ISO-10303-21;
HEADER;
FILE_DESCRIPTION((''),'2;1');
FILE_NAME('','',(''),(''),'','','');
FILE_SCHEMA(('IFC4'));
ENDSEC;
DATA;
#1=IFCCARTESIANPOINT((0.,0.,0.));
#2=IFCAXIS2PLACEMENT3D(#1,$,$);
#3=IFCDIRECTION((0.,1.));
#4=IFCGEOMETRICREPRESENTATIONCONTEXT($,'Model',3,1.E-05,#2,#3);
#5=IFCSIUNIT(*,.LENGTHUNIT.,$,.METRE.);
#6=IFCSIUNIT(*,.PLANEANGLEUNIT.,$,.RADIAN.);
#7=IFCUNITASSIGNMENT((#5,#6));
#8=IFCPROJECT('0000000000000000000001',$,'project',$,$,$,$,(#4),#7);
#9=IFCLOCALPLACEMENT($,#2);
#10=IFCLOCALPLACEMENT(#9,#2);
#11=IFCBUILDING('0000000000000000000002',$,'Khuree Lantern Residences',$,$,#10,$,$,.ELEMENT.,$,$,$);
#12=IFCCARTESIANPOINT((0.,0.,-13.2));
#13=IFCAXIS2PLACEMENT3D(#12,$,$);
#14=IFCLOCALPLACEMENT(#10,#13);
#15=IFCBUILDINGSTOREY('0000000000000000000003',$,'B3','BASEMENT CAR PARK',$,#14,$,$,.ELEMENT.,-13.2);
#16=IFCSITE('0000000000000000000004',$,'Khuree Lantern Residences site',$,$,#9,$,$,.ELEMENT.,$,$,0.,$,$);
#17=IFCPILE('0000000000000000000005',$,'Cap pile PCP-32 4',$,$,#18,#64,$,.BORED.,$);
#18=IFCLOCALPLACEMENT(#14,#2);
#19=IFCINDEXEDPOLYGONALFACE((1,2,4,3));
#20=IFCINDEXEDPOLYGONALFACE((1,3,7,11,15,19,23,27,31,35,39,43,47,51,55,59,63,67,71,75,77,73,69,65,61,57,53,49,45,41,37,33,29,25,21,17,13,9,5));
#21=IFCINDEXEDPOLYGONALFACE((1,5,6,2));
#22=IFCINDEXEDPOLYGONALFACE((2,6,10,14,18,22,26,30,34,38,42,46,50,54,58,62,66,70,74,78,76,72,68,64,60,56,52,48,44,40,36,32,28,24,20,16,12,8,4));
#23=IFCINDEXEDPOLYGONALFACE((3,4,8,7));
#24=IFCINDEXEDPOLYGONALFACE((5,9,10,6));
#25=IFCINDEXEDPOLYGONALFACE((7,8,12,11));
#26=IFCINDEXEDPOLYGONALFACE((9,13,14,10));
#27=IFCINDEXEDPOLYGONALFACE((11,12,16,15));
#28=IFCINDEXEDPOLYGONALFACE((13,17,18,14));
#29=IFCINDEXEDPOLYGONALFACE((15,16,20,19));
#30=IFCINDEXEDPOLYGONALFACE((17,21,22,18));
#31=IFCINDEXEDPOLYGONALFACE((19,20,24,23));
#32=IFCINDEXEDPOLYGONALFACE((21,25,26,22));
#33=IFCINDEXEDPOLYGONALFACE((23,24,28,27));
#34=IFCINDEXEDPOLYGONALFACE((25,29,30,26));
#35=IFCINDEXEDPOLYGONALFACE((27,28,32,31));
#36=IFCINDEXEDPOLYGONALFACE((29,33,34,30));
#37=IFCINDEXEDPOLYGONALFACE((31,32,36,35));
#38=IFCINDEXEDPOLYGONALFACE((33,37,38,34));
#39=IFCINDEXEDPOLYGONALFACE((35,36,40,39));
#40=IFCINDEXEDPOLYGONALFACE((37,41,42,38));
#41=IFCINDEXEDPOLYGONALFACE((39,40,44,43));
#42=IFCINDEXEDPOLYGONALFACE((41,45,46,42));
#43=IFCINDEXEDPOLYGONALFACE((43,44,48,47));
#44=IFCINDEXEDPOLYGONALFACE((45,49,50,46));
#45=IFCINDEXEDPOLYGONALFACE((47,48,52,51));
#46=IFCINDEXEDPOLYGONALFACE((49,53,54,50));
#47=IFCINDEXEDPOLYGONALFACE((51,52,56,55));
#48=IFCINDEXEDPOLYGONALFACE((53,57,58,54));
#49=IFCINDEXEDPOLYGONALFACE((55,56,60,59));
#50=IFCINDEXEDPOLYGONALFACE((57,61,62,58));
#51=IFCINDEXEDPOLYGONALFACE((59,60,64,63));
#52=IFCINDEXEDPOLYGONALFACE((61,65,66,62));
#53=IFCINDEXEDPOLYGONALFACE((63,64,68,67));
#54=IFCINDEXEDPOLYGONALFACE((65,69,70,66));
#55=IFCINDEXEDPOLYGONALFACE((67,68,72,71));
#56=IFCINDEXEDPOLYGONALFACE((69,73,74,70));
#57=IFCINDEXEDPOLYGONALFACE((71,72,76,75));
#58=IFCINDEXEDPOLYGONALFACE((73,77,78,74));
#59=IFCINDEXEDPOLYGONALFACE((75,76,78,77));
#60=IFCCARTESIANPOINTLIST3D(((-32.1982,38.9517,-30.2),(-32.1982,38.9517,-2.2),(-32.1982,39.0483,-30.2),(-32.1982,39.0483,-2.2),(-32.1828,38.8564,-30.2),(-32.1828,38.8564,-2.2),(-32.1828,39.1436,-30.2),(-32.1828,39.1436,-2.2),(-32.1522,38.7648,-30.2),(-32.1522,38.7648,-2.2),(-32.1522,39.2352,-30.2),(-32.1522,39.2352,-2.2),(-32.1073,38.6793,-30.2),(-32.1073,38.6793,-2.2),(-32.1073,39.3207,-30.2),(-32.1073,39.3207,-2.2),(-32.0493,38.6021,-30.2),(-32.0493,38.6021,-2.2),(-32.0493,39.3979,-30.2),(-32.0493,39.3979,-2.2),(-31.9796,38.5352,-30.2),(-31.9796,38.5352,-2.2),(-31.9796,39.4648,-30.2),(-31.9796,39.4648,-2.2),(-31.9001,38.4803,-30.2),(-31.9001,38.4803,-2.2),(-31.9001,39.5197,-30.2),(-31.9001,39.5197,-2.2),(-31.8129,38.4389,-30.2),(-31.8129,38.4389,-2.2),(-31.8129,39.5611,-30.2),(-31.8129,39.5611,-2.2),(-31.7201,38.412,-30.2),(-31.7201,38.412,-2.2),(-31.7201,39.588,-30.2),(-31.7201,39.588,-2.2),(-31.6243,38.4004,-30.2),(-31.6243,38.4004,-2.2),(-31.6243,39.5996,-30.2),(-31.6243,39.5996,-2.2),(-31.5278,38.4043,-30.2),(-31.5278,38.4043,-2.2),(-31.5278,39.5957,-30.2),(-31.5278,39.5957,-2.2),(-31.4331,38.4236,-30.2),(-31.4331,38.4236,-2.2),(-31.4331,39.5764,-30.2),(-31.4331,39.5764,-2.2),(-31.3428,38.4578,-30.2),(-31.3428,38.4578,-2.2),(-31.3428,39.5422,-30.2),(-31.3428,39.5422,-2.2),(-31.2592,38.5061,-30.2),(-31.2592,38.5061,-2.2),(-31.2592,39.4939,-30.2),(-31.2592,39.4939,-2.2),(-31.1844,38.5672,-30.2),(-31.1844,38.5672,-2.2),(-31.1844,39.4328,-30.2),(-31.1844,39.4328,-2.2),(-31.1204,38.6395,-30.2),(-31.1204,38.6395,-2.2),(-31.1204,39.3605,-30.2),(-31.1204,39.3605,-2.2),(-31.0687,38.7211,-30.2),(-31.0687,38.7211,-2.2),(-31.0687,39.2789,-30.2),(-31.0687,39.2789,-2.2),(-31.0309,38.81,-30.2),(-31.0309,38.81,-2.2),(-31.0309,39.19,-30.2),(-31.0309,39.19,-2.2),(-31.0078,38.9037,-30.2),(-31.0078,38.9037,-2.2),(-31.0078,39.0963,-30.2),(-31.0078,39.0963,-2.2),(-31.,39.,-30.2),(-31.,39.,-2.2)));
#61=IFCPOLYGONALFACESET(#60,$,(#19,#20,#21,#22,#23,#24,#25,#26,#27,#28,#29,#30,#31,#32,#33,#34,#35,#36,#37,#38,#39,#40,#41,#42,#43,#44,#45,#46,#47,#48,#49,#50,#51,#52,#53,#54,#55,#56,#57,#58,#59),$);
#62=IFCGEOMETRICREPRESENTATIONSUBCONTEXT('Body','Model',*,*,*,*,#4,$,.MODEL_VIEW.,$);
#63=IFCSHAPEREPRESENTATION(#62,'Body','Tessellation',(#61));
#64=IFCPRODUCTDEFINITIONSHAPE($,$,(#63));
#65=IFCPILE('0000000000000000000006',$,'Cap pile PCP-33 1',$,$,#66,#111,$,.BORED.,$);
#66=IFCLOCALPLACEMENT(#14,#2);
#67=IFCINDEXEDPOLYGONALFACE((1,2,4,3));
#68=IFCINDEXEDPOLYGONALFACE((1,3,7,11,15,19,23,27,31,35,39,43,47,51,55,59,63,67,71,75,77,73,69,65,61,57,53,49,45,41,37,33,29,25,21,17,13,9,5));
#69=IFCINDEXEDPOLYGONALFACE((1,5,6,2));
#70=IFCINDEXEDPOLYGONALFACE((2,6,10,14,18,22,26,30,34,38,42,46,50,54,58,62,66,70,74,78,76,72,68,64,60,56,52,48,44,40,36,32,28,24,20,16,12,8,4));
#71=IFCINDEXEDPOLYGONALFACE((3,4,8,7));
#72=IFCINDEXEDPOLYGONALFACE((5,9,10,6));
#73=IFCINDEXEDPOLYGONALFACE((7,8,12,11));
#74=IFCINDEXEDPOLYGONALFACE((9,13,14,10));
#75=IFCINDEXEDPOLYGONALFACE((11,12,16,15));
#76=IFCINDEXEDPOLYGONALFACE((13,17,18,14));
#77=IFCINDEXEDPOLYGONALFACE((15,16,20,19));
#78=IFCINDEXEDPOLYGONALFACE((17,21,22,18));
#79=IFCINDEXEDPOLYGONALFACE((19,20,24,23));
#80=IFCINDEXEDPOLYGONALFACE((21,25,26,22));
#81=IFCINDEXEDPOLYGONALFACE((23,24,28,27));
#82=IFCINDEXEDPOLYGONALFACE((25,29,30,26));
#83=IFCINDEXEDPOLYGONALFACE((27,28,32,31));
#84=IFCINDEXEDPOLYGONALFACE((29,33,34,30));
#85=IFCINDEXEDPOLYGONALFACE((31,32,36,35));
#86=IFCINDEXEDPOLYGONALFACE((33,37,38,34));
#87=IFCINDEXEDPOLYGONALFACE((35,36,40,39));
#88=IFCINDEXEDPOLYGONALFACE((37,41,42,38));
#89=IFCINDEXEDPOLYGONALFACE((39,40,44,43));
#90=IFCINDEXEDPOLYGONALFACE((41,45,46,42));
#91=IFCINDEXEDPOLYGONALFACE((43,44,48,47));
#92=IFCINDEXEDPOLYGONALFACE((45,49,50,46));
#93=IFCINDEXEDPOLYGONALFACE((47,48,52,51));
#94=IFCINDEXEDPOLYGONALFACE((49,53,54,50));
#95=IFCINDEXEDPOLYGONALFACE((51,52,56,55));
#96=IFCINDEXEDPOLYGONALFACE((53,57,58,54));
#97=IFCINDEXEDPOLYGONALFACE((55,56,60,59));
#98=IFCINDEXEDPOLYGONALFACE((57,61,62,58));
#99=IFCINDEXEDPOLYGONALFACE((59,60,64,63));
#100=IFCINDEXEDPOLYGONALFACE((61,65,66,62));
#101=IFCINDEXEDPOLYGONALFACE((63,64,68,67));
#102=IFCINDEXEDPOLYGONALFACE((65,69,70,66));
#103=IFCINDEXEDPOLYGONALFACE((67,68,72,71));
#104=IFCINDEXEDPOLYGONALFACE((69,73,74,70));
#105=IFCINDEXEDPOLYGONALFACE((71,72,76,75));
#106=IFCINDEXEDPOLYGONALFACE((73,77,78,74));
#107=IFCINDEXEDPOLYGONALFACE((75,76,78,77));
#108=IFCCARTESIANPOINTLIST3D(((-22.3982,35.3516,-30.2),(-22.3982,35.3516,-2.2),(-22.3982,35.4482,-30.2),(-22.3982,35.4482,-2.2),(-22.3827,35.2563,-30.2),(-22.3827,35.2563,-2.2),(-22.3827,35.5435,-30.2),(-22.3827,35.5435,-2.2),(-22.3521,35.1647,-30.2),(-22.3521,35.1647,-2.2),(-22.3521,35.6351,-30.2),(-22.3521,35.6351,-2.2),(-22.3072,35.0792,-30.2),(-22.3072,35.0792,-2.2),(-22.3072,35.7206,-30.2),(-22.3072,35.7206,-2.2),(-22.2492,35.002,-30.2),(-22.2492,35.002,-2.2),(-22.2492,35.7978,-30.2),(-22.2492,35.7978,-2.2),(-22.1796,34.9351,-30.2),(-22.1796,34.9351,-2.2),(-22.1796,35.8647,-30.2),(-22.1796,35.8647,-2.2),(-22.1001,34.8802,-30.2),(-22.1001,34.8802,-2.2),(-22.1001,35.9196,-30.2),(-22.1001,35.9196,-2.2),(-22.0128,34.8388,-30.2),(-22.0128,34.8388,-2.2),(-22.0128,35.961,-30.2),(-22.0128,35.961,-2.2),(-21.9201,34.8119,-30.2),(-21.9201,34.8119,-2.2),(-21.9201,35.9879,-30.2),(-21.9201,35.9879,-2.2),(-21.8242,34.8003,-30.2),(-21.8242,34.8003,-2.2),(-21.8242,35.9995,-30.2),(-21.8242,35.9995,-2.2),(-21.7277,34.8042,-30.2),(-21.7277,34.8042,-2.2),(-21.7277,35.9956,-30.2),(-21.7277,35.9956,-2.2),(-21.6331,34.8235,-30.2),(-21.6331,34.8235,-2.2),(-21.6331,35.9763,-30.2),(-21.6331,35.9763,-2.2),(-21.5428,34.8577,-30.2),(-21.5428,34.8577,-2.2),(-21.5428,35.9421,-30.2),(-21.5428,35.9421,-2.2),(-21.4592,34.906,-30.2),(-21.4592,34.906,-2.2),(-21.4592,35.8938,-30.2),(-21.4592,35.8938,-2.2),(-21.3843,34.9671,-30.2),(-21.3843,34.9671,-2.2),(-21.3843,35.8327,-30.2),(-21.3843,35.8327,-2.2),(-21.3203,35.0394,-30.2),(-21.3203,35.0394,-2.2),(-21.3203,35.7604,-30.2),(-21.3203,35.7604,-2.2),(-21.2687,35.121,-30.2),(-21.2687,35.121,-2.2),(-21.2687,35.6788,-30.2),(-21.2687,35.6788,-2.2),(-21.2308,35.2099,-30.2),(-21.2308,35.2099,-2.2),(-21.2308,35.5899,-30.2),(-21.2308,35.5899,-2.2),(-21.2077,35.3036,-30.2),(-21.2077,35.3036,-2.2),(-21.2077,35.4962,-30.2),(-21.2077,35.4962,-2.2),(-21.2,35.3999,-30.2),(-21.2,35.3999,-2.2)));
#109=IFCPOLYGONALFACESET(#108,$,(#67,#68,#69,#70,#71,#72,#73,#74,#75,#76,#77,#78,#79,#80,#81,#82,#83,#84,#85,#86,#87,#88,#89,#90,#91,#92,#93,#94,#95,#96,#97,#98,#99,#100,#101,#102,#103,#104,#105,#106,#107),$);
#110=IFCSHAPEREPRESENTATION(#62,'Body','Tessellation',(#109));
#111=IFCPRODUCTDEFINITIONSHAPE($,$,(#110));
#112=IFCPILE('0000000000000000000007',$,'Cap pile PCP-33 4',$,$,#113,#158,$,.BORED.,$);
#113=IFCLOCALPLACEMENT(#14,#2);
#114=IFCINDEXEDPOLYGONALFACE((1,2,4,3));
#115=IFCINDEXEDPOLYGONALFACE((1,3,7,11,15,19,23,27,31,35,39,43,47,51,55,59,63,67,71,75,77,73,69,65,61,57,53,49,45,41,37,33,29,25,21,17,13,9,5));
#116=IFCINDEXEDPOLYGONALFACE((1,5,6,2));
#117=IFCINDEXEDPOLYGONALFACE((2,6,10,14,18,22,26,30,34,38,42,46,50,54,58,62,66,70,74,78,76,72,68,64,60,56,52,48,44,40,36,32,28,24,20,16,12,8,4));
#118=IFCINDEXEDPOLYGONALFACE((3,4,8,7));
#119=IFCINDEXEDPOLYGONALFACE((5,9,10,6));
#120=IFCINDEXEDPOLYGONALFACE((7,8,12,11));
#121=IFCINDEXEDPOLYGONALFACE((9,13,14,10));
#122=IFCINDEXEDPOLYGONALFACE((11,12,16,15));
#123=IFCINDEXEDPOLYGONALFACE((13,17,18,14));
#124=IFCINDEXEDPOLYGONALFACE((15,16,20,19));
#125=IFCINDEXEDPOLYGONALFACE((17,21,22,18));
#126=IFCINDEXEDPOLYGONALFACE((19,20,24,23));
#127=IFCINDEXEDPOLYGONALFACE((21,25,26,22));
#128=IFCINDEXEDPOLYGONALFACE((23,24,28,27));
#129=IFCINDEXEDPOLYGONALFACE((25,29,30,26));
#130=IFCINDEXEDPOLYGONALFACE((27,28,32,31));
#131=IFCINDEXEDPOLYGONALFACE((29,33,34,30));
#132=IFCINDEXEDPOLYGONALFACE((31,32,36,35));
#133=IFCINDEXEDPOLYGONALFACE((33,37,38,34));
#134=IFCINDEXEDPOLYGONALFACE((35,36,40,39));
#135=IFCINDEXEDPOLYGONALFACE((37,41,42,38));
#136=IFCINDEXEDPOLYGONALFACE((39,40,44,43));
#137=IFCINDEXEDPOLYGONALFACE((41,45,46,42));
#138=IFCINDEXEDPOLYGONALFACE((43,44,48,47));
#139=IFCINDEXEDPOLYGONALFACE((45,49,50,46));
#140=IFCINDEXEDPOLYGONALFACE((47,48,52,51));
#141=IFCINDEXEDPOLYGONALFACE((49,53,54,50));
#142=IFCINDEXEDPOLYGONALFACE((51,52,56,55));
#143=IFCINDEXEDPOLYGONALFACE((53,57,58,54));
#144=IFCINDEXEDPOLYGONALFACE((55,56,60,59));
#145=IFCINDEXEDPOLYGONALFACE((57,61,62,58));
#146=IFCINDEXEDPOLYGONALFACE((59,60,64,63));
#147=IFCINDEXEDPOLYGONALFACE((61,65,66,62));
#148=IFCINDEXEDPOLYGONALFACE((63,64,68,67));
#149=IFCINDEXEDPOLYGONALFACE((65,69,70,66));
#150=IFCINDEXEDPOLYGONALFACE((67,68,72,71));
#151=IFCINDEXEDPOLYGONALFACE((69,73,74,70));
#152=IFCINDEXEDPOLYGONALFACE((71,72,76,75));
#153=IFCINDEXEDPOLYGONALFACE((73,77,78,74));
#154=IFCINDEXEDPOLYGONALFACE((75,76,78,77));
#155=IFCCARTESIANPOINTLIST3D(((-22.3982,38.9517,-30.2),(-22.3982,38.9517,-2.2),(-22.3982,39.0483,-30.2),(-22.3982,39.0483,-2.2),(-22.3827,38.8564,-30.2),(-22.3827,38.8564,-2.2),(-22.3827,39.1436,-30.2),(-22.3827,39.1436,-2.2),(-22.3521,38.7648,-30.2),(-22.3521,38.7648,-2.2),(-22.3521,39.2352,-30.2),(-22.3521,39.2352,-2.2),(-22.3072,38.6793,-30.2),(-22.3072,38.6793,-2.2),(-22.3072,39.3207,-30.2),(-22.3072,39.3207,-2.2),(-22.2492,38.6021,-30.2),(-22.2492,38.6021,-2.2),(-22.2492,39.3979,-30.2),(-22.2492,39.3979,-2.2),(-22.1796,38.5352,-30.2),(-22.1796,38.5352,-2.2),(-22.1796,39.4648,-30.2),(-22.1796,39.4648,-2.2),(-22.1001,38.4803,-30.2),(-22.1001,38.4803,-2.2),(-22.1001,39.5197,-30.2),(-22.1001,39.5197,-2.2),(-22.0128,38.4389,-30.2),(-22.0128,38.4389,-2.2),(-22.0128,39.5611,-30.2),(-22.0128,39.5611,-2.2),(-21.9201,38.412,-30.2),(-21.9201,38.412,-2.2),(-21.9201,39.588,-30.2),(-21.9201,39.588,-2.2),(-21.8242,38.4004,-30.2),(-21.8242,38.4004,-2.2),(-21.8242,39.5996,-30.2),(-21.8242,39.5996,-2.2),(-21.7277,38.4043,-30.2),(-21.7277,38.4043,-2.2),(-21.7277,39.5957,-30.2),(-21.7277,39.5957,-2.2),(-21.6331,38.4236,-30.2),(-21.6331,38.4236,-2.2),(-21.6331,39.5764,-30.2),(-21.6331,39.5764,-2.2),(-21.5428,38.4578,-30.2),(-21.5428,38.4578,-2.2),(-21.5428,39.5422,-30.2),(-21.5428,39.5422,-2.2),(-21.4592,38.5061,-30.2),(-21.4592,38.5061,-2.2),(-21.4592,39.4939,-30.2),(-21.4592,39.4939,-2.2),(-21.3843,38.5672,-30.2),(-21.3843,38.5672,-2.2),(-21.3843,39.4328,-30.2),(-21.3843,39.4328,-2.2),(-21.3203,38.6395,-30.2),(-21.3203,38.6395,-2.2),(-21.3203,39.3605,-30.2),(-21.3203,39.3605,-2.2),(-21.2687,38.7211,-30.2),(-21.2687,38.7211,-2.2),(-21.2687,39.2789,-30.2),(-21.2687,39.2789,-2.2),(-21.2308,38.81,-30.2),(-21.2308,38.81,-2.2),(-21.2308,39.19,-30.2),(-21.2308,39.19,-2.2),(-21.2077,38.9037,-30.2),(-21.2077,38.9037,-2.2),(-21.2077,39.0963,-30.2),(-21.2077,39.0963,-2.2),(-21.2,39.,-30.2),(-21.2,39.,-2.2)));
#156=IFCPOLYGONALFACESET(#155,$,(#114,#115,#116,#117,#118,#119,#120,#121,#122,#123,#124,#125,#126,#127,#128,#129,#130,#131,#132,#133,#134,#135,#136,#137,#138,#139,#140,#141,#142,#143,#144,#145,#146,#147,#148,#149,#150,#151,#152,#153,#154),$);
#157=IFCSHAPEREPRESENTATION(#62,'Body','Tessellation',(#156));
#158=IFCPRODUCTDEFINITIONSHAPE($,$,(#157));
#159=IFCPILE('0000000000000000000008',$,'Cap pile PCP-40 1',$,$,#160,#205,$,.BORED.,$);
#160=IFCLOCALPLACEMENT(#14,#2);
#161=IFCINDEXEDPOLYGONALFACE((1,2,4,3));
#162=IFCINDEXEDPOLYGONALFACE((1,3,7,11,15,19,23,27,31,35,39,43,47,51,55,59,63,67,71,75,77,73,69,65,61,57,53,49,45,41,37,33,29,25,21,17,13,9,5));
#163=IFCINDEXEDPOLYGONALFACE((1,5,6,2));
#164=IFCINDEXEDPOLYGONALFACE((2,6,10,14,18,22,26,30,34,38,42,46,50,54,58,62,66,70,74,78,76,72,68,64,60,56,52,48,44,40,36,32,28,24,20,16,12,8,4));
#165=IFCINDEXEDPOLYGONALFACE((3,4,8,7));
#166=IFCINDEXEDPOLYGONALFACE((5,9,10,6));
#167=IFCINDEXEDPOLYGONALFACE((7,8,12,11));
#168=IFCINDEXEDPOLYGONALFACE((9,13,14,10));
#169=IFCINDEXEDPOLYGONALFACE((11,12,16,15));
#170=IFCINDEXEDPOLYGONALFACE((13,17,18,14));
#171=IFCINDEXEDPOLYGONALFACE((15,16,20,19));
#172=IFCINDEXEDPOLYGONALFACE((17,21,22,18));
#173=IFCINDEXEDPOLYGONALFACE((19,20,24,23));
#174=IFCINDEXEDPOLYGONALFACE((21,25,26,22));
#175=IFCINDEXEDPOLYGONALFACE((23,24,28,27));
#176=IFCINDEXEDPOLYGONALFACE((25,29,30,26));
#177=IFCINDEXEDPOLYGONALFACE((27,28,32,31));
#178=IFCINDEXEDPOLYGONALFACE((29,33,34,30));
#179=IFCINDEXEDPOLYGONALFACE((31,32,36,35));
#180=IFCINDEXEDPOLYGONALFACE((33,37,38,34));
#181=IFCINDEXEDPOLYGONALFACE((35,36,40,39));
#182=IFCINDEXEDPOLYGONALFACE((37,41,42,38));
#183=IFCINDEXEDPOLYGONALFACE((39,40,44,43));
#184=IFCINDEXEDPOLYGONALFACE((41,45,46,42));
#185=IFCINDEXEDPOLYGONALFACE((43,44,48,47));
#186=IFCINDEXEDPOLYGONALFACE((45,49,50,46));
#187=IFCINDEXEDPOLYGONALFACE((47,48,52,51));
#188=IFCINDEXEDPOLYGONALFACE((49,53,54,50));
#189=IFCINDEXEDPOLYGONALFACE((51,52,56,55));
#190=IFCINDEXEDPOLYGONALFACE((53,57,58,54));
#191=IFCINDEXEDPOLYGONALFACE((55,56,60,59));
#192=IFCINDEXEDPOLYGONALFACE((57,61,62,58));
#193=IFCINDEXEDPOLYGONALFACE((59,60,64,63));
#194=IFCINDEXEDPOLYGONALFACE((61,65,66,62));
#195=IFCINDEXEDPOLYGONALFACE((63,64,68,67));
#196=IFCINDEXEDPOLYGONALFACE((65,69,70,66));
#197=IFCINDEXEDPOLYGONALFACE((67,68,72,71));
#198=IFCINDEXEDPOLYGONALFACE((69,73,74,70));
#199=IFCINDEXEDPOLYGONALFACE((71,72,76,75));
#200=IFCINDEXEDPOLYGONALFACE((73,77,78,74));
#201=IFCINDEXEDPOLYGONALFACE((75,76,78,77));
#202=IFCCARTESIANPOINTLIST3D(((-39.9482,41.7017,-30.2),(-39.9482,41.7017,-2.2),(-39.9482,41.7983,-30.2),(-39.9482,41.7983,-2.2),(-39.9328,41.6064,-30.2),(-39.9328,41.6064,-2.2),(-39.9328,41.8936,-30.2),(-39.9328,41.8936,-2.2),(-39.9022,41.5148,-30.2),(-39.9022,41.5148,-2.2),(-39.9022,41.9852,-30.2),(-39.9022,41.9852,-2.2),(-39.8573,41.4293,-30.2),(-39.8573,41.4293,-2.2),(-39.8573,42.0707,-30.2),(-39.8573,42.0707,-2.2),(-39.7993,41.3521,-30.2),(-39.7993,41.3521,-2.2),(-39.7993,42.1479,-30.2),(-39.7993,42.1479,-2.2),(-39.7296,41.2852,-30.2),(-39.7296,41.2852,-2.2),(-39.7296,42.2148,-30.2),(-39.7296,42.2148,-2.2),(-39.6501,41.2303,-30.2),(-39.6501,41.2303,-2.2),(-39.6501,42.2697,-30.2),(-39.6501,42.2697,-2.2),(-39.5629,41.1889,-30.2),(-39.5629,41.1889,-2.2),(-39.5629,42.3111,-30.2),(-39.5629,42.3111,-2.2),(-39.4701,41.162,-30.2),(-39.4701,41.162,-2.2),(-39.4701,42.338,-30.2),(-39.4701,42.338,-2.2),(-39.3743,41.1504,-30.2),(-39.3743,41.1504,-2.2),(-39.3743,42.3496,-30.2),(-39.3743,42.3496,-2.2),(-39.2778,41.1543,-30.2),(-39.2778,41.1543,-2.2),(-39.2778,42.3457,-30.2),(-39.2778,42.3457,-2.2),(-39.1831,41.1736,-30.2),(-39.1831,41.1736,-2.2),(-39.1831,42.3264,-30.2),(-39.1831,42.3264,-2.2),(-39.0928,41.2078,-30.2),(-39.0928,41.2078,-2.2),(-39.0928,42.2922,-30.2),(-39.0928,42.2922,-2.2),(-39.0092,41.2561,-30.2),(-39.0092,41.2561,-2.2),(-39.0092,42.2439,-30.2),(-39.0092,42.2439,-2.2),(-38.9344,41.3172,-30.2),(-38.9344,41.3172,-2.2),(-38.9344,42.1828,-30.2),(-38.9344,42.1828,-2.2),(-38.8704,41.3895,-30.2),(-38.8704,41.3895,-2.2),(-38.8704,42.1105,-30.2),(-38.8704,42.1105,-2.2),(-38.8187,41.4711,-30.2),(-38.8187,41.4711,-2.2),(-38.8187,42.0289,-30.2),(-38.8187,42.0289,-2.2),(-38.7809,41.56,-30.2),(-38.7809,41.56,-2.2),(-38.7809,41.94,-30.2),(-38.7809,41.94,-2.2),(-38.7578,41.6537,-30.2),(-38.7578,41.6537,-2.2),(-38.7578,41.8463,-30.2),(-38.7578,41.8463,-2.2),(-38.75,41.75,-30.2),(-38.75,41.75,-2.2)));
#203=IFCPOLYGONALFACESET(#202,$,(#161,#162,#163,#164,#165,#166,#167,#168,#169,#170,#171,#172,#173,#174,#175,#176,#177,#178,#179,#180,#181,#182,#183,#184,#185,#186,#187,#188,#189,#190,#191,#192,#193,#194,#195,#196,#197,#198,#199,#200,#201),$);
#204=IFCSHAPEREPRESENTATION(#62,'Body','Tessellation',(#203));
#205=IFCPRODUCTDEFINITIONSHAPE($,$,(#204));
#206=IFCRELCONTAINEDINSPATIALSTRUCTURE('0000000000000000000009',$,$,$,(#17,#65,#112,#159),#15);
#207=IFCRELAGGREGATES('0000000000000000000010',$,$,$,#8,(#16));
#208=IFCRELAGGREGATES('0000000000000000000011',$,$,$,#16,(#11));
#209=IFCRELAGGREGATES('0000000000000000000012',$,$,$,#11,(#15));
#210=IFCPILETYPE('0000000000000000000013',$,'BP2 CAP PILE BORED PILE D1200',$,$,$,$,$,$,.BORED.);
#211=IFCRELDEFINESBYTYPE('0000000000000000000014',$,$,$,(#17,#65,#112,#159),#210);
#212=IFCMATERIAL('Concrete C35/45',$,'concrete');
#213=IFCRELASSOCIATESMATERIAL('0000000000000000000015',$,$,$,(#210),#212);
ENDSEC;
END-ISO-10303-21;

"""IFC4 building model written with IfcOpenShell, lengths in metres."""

from ifc_helpers import new_model, si_unit, direction, frame, origin, origin_2d, place, context, subcontext, project, spatial, circle, extrude, material, material_profile, profile_set, type_object, element, save


model = new_model("IFC4")

# Units and contexts
model_context = context("Model", 3, precision=1e-05, world=origin(), true_north=direction((0.0, 1.0)))
body_context = subcontext(model_context, "Body", "Model", "MODEL_VIEW")
ifc_project = project(units=[si_unit("LENGTHUNIT", "METRE"), si_unit("PLANEANGLEUNIT", "RADIAN")], contexts=[model_context])

# Site, building, storey
site_placement = place(None, origin())
site = spatial("IfcSite", under=ifc_project, at=site_placement, Name="Khuree Lantern Residences site", CompositionType="ELEMENT", RefElevation=0.0)
building_placement = place(site_placement, origin())
building = spatial("IfcBuilding", under=site, at=building_placement, Name="Khuree Lantern Residences", CompositionType="ELEMENT")
storey_placement = place(building_placement, frame((0.0, 0.0, -13.2)))
storey = spatial("IfcBuildingStorey", under=building, at=storey_placement, Name="B3", Description="BASEMENT CAR PARK", CompositionType="ELEMENT", Elevation=-13.2)

# Piles
ifc_material_1 = material(Name="Concrete C35/45", Category="concrete")
ifc_material_profile_1 = material_profile(ifc_material_1, circle(Radius=0.6001, at=origin_2d()), Name="BORED PILE D1200")
ifc_profile_set_1 = profile_set([ifc_material_profile_1], Name="Concrete C35/45")
pile_type_1 = type_object("IfcPileType", Name="BP2 CAP PILE BORED PILE D1200", PredefinedType="BORED", material=ifc_profile_set_1)
for number, where, z_axis, x_axis, name in (
    (1, (-31.6001, 39.0, -2.2), (0.0, 0.0, -1.0), (1.0, 0.0, 0.0), "Cap pile PCP-32 4"),
    (2, (-21.8, 35.3999, -2.2), (0.0, 0.0, -1.0), (1.0, 0.0, 0.0), "Cap pile PCP-33 1"),
    (3, (-21.8, 39.0, -2.2), (0.0, 0.0, -1.0), (1.0, 0.0, 0.0), "Cap pile PCP-33 4"),
    (4, (-39.3501, 41.75, -2.2), (0.0, 0.0, -1.0), (1.0, 0.0, 0.0), "Cap pile PCP-40 1"),
):
    element("IfcPile", number, at=place(storey_placement, frame(where, z_axis=z_axis, x_axis=x_axis)), inside=storey, type_object=pile_type_1, Name=name, PredefinedType="BORED", context=body_context, shape_type="SweptSolid", body=[
        extrude(circle(Radius=0.6001, at=origin_2d()), origin(), (0.0, 0.0, 1.0), 28.0),
    ])

save(model, "model.ifc")
